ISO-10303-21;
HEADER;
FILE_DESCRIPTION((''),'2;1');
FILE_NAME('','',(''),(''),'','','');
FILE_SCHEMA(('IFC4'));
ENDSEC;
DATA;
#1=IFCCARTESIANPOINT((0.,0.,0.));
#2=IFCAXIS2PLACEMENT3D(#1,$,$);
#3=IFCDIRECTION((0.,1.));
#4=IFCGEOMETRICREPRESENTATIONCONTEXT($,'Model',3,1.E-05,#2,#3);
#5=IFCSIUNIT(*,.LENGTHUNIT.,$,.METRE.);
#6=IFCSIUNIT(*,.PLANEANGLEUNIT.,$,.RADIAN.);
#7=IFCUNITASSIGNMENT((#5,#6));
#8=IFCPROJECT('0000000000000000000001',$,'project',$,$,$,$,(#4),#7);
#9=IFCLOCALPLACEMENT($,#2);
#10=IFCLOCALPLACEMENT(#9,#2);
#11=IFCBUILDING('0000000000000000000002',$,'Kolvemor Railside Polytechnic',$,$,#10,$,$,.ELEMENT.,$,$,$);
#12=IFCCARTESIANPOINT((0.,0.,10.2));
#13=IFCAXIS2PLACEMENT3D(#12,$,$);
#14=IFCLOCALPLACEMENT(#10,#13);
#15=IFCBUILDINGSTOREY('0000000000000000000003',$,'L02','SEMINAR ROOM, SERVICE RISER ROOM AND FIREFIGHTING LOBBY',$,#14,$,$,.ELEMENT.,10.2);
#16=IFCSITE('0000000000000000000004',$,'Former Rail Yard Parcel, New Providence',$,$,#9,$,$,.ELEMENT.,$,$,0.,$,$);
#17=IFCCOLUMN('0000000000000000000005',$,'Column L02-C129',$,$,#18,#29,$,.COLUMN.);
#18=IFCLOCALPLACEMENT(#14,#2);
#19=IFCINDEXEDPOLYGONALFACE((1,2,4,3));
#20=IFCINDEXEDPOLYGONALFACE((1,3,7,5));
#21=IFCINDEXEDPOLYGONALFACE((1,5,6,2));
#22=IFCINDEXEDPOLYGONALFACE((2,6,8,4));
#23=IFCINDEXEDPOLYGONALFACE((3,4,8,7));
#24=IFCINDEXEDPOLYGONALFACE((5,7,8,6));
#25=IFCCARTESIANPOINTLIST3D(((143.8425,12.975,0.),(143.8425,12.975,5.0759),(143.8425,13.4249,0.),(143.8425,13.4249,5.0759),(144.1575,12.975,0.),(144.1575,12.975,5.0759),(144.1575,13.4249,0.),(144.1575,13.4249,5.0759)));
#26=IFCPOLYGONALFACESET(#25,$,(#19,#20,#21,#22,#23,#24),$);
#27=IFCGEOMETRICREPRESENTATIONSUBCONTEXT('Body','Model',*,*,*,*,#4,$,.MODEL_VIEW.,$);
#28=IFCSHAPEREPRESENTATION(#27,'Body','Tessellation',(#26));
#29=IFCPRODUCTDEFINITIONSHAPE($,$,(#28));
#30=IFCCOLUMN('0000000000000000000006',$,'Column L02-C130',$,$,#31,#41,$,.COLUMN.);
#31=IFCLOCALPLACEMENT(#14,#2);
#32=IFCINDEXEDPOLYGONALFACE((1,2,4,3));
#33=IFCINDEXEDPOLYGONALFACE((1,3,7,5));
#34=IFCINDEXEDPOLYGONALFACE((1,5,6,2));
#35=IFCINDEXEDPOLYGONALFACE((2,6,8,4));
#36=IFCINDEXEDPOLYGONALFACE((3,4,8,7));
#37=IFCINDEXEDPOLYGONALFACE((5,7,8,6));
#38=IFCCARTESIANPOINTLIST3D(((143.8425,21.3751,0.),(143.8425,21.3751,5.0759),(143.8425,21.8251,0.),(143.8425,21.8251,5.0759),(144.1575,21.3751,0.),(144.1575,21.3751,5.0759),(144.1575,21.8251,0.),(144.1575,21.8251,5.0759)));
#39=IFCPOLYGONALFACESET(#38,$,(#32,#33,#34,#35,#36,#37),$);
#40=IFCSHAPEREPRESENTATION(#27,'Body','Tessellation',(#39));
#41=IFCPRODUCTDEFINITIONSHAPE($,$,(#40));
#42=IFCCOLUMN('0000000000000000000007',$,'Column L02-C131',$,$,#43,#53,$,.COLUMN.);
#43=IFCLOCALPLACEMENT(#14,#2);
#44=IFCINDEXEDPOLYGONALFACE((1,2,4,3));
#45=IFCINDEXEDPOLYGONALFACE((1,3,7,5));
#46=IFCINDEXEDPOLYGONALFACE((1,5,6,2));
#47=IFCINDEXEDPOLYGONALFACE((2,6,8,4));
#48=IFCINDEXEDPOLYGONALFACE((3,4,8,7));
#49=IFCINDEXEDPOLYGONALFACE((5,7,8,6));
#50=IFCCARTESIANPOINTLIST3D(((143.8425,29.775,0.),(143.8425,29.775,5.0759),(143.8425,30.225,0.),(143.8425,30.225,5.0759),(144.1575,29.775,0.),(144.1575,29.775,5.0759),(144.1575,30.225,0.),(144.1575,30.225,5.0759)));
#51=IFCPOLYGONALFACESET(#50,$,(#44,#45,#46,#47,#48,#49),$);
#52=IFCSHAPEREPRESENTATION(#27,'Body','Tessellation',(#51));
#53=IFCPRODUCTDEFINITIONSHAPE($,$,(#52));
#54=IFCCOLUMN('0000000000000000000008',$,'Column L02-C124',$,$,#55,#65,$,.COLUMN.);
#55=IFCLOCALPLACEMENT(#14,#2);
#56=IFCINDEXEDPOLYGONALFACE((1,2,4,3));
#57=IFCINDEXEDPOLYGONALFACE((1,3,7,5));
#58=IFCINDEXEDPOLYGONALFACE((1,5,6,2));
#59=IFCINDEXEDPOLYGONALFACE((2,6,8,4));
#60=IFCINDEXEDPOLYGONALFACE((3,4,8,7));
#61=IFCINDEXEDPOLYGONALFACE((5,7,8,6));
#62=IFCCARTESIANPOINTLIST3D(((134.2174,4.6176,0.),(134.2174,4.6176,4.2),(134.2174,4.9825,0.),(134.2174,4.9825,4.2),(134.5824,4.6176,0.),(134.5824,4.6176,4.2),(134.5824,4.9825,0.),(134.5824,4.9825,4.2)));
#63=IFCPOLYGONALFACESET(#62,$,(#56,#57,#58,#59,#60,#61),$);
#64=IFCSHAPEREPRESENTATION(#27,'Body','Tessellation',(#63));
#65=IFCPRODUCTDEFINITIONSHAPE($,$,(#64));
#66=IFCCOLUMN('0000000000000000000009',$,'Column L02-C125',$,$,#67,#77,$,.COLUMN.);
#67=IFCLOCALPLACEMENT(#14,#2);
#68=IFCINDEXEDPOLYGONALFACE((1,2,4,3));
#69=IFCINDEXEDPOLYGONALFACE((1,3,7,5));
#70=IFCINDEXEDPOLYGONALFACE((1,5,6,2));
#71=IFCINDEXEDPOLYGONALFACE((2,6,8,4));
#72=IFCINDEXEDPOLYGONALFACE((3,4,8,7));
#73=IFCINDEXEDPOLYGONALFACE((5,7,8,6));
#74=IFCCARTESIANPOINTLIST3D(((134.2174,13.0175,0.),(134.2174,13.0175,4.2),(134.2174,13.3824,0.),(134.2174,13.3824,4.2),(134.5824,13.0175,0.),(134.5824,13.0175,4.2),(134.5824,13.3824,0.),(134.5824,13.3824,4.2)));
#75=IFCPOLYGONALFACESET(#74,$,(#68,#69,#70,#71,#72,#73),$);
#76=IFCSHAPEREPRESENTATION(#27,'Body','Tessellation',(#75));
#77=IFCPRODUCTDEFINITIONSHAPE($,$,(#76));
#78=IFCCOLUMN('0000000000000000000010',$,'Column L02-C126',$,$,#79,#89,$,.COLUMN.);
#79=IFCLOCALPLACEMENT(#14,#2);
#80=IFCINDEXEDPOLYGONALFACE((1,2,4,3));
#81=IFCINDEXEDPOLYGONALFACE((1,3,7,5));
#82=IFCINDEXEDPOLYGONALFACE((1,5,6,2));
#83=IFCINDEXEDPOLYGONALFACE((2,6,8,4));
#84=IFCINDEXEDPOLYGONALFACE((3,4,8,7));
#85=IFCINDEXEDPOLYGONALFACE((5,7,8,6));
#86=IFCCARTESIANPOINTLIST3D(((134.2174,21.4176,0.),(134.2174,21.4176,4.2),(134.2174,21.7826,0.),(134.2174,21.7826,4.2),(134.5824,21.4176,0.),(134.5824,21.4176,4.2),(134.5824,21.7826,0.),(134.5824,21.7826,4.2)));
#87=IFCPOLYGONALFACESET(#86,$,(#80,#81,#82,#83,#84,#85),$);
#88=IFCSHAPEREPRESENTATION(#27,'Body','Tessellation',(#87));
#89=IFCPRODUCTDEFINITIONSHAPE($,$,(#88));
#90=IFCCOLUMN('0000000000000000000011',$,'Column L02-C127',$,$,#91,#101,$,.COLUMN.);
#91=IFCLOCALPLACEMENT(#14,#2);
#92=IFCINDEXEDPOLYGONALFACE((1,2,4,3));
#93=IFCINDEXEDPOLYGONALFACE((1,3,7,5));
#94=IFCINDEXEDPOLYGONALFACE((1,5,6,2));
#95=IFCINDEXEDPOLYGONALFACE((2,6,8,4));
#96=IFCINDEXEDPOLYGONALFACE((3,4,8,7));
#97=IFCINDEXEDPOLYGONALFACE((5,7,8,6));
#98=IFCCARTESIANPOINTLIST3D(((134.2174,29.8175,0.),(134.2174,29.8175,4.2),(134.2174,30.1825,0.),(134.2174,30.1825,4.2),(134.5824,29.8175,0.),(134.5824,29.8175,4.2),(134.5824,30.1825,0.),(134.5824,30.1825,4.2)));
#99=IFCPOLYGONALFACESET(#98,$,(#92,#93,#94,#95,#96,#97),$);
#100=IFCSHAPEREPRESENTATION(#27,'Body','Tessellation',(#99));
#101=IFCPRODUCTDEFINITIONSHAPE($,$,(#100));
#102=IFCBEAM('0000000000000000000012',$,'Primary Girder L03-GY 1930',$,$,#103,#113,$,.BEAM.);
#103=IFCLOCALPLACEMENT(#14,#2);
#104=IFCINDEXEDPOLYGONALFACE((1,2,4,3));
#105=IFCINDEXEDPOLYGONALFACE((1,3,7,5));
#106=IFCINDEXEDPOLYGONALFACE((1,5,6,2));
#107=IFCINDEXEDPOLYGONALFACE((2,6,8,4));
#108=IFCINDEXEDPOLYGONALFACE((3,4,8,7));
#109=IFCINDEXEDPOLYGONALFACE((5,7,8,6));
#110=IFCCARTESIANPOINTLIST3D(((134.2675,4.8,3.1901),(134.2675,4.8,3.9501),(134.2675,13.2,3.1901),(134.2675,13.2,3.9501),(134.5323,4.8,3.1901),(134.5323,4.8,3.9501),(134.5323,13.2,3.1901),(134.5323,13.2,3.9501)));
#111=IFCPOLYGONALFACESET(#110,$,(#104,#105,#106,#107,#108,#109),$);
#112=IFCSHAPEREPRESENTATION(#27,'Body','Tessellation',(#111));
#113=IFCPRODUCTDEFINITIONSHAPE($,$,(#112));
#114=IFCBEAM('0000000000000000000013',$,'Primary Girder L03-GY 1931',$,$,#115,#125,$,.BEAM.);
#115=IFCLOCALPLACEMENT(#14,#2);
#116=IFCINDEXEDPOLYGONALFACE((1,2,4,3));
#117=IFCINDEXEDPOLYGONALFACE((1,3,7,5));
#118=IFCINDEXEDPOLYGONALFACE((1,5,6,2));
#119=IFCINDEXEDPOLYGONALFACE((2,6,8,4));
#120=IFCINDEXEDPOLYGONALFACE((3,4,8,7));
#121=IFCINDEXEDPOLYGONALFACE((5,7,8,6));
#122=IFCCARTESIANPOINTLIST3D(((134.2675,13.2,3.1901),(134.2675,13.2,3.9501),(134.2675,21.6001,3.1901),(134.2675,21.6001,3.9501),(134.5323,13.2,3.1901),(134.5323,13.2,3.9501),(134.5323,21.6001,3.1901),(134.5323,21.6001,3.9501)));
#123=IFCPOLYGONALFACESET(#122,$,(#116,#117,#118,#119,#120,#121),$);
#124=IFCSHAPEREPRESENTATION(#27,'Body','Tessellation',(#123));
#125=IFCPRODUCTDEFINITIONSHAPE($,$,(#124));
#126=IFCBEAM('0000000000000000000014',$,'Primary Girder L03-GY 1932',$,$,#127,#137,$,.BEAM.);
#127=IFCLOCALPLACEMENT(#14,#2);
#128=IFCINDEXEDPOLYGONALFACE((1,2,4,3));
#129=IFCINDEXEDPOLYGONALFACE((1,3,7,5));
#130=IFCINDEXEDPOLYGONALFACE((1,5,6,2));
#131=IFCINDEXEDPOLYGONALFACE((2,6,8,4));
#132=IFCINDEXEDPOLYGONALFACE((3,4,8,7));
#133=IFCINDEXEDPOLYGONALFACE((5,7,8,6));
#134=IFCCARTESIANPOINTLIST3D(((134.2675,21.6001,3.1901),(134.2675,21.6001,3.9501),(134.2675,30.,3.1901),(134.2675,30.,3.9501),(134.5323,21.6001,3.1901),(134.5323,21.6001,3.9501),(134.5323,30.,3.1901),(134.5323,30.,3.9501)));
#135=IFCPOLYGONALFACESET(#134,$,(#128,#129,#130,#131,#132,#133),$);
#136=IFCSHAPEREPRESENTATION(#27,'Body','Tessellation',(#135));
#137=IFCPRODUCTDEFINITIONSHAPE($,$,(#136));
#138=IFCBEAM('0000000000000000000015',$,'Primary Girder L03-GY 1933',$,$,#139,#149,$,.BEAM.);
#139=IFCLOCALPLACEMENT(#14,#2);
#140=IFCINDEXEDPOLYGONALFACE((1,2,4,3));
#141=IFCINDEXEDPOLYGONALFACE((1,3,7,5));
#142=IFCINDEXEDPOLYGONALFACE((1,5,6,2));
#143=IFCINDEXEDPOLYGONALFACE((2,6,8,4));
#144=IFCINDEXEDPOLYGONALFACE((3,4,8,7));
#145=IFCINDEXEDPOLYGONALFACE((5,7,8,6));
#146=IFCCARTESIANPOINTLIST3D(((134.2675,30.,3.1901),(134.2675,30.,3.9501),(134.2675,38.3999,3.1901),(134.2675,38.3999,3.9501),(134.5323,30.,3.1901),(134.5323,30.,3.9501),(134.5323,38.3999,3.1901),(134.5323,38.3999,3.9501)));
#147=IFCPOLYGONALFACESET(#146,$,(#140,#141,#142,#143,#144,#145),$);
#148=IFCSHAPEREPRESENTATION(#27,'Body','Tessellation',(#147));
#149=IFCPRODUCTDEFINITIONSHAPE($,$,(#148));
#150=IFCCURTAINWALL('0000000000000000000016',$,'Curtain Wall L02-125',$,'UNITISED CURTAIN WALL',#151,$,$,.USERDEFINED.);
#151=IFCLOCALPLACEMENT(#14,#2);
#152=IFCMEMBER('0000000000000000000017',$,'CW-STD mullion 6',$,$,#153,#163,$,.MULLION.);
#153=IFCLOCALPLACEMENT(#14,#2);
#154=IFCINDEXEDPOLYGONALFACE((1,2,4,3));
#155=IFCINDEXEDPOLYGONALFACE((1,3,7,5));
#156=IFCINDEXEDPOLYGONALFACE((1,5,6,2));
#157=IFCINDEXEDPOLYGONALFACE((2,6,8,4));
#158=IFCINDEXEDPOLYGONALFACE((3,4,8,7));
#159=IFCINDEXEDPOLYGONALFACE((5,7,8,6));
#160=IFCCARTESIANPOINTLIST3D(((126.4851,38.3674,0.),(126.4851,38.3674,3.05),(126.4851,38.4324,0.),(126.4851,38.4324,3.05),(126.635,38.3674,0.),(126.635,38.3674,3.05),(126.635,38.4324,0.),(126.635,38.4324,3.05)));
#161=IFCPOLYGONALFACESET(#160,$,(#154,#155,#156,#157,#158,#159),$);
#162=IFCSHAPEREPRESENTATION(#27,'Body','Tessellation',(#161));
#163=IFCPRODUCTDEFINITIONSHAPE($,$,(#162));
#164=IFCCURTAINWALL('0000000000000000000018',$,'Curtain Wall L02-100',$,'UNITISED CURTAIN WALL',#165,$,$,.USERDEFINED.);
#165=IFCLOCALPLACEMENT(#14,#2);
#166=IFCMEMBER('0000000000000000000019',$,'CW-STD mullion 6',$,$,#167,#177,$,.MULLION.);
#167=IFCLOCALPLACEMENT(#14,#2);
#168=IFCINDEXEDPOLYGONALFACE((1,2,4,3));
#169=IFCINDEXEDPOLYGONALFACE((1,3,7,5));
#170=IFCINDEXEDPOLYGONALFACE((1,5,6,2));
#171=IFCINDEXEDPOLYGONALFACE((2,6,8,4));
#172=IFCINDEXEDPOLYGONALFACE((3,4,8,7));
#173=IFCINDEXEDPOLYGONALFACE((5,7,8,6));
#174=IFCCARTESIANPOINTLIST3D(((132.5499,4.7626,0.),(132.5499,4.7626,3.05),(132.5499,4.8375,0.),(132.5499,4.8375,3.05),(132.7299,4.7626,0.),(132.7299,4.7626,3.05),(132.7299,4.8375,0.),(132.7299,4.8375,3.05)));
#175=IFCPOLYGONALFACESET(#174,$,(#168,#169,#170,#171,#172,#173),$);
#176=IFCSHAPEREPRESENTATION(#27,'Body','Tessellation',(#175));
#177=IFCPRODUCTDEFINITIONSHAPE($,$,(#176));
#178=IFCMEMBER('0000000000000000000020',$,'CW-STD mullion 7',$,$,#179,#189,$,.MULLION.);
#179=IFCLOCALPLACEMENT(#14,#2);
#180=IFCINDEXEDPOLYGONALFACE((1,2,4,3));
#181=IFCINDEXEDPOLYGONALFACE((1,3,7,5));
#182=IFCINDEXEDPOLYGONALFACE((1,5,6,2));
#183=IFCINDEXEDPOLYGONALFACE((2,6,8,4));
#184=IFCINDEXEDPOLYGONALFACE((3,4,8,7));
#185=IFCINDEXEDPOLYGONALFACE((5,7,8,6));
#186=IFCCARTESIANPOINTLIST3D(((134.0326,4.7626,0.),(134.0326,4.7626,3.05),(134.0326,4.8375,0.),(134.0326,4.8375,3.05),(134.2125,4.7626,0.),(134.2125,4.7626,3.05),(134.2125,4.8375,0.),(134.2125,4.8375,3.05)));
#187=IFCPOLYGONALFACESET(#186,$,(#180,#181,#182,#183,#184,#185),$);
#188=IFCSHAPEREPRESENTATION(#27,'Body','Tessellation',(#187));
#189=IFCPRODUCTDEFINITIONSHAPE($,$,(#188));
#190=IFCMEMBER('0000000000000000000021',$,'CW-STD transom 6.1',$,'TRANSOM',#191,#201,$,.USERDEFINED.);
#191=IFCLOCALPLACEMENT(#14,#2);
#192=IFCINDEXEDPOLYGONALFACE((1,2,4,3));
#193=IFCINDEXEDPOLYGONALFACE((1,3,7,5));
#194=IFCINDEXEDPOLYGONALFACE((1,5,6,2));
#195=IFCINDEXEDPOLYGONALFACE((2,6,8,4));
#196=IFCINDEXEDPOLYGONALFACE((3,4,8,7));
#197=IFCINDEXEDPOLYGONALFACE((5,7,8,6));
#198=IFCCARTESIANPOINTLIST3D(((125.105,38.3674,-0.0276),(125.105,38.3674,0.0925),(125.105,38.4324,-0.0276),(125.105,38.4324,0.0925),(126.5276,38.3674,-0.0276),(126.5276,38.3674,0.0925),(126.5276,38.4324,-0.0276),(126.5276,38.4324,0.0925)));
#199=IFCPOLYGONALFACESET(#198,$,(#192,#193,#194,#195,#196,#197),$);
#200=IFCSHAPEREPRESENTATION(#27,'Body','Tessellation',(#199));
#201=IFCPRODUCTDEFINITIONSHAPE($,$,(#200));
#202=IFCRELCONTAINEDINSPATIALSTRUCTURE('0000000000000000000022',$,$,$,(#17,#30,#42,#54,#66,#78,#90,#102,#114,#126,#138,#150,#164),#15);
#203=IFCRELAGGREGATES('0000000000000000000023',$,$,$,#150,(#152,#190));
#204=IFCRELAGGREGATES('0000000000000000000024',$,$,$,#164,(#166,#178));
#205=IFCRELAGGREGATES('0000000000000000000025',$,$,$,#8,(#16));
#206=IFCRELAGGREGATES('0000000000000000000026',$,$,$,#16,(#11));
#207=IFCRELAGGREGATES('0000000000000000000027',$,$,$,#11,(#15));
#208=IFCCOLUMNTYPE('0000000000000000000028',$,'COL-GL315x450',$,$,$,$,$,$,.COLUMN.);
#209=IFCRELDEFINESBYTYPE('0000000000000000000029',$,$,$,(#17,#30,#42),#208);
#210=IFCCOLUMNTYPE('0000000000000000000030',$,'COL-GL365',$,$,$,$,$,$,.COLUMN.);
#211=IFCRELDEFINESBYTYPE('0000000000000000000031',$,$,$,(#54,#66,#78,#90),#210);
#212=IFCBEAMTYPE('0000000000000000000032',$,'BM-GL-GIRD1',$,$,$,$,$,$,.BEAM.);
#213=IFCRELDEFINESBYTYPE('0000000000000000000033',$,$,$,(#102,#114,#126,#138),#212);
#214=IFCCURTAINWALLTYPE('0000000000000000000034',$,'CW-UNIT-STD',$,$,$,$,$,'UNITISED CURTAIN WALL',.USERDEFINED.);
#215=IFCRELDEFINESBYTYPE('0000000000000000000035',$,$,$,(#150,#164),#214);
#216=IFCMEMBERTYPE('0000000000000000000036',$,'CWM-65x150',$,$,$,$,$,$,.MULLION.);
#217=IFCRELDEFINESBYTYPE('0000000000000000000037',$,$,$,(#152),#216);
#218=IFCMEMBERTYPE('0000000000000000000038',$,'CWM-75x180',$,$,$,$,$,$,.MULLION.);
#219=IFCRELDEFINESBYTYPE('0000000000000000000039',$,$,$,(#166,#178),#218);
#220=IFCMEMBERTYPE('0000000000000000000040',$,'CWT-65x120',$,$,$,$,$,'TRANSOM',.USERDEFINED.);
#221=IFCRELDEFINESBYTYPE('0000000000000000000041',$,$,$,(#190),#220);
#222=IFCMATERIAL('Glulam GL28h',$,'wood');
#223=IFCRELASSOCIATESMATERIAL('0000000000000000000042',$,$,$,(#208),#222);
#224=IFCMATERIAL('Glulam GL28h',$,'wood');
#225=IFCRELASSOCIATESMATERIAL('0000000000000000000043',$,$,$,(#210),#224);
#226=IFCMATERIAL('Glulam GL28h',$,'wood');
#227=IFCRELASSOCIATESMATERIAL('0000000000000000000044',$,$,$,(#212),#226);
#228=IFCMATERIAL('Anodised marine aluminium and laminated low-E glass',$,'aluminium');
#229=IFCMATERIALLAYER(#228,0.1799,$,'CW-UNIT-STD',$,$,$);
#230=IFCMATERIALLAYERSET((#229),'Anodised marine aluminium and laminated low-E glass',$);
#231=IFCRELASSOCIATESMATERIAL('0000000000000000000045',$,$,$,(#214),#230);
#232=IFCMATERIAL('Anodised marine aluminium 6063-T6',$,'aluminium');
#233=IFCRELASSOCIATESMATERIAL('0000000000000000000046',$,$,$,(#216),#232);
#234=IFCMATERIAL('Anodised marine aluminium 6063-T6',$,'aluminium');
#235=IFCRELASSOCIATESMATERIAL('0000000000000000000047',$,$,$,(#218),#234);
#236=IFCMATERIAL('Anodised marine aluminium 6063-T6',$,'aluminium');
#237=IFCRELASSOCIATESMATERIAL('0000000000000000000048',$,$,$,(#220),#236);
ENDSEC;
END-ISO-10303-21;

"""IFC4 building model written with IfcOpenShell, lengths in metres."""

from ifc_helpers import new_model, si_unit, direction, frame, origin, origin_2d, place, context, subcontext, project, spatial, rectangle, extrude, material, layer, layer_set, material_profile, profile_set, type_object, element, aggregate, save


model = new_model("IFC4")

# Units and contexts
model_context = context("Model", 3, precision=1e-05, world=origin(), true_north=direction((0.0, 1.0)))
body_context = subcontext(model_context, "Body", "Model", "MODEL_VIEW")
ifc_project = project(units=[si_unit("LENGTHUNIT", "METRE"), si_unit("PLANEANGLEUNIT", "RADIAN")], contexts=[model_context])

# Site, building, storey
site_placement = place(None, origin())
site = spatial("IfcSite", under=ifc_project, at=site_placement, Name="Former Rail Yard Parcel, New Providence", CompositionType="ELEMENT", RefElevation=0.0)
building_placement = place(site_placement, origin())
building = spatial("IfcBuilding", under=site, at=building_placement, Name="Kolvemor Railside Polytechnic", CompositionType="ELEMENT")
storey_placement = place(building_placement, frame((0.0, 0.0, 10.2)))
storey = spatial("IfcBuildingStorey", under=building, at=storey_placement, Name="L02", Description="SEMINAR ROOM, SERVICE RISER ROOM AND FIREFIGHTING LOBBY", CompositionType="ELEMENT", Elevation=10.2)

# Columns
ifc_material_1 = material(Name="Glulam GL28h", Category="wood")
ifc_material_profile_1 = material_profile(ifc_material_1, rectangle(XDim=0.3149, YDim=0.45, at=origin_2d()), Name="GL315x450")
ifc_profile_set_1 = profile_set([ifc_material_profile_1], Name="Glulam GL28h")
column_type_1 = type_object("IfcColumnType", Name="COL-GL315x450", PredefinedType="COLUMN", material=ifc_profile_set_1)
for number, where, z_axis, x_axis, name in (
    (1, (144.0, 13.2, 0.0), (0.0, 0.0, 1.0), (1.0, 0.0, 0.0), "Column L02-C129"),
    (2, (144.0, 21.6001, 0.0), (0.0, 0.0, 1.0), (1.0, 0.0, 0.0), "Column L02-C130"),
    (3, (144.0, 30.0, 0.0), (0.0, 0.0, 1.0), (1.0, 0.0, 0.0), "Column L02-C131"),
):
    element("IfcColumn", number, at=place(storey_placement, frame(where, z_axis=z_axis, x_axis=x_axis)), inside=storey, type_object=column_type_1, Name=name, PredefinedType="COLUMN", context=body_context, shape_type="SweptSolid", body=[
        extrude(rectangle(XDim=0.3149, YDim=0.45, at=origin_2d()), origin(), (0.0, 0.0, 1.0), 5.0759),
    ])
ifc_material_2 = material(Name="Glulam GL28h", Category="wood")
ifc_material_profile_2 = material_profile(ifc_material_2, rectangle(XDim=0.365, YDim=0.365, at=origin_2d()), Name="GL365x365")
ifc_profile_set_2 = profile_set([ifc_material_profile_2], Name="Glulam GL28h")
column_type_2 = type_object("IfcColumnType", Name="COL-GL365", PredefinedType="COLUMN", material=ifc_profile_set_2)
for number, where, z_axis, x_axis, name in (
    (4, (134.3999, 4.8, 0.0), (0.0, 0.0, 1.0), (1.0, 0.0, 0.0), "Column L02-C124"),
    (5, (134.3999, 13.2, 0.0), (0.0, 0.0, 1.0), (1.0, 0.0, 0.0), "Column L02-C125"),
    (6, (134.3999, 21.6001, 0.0), (0.0, 0.0, 1.0), (1.0, 0.0, 0.0), "Column L02-C126"),
    (7, (134.3999, 30.0, 0.0), (0.0, 0.0, 1.0), (1.0, 0.0, 0.0), "Column L02-C127"),
):
    element("IfcColumn", number, at=place(storey_placement, frame(where, z_axis=z_axis, x_axis=x_axis)), inside=storey, type_object=column_type_2, Name=name, PredefinedType="COLUMN", context=body_context, shape_type="SweptSolid", body=[
        extrude(rectangle(XDim=0.365, YDim=0.365, at=origin_2d()), origin(), (0.0, 0.0, 1.0), 4.2),
    ])

# Beams
ifc_material_3 = material(Name="Glulam GL28h", Category="wood")
ifc_material_profile_3 = material_profile(ifc_material_3, rectangle(XDim=0.2649, YDim=0.76, at=origin_2d()), Name="GL265x760")
ifc_profile_set_3 = profile_set([ifc_material_profile_3], Name="Glulam GL28h")
beam_type = type_object("IfcBeamType", Name="BM-GL-GIRD1", PredefinedType="BEAM", material=ifc_profile_set_3)
beam_1_placement = place(storey_placement, frame((134.3999, 4.8, 3.5701), z_axis=(0.0, 1.0, 0.0), x_axis=(-1.0, 0.0, 0.0)))
element("IfcBeam", 8, at=beam_1_placement, inside=storey, type_object=beam_type, Name="Primary Girder L03-GY 1930", PredefinedType="BEAM", context=body_context, shape_type="SweptSolid", body=[
    extrude(rectangle(XDim=0.2649, YDim=0.76, at=origin_2d()), origin(), (0.0, 0.0, 1.0), 8.3999),
])
beam_2_placement = place(storey_placement, frame((134.3999, 13.2, 3.5701), z_axis=(0.0, 1.0, 0.0), x_axis=(-1.0, 0.0, 0.0)))
element("IfcBeam", 9, at=beam_2_placement, inside=storey, type_object=beam_type, Name="Primary Girder L03-GY 1931", PredefinedType="BEAM", context=body_context, shape_type="SweptSolid", body=[
    extrude(rectangle(XDim=0.2649, YDim=0.76, at=origin_2d()), origin(), (0.0, 0.0, 1.0), 8.4001),
])
for number, where, z_axis, x_axis, name in (
    (10, (134.3999, 21.6001, 3.5701), (0.0, 1.0, 0.0), (-1.0, 0.0, 0.0), "Primary Girder L03-GY 1932"),
    (11, (134.3999, 30.0, 3.5701), (0.0, 1.0, 0.0), (-1.0, 0.0, 0.0), "Primary Girder L03-GY 1933"),
):
    element("IfcBeam", number, at=place(storey_placement, frame(where, z_axis=z_axis, x_axis=x_axis)), inside=storey, type_object=beam_type, Name=name, PredefinedType="BEAM", context=body_context, shape_type="SweptSolid", body=[
        extrude(rectangle(XDim=0.2649, YDim=0.76, at=origin_2d()), origin(), (0.0, 0.0, 1.0), 8.3999),
    ])

# Curtain wall, member
ifc_material_4 = material(Name="Anodised marine aluminium and laminated low-E glass", Category="aluminium")
ifc_layer_1 = layer(ifc_material_4, 0.1799, Name="CW-UNIT-STD")
ifc_layer_set_1 = layer_set([ifc_layer_1], Name="Anodised marine aluminium and laminated low-E glass")
curtain_wall_type = type_object("IfcCurtainWallType", Name="CW-UNIT-STD", ElementType="UNITISED CURTAIN WALL", PredefinedType="USERDEFINED", material=ifc_layer_set_1)
curtain_wall_1_placement = place(storey_placement, origin())
curtain_wall_1 = element("IfcCurtainWall", 12, at=curtain_wall_1_placement, inside=storey, type_object=curtain_wall_type, Name="Curtain Wall L02-125", ObjectType="UNITISED CURTAIN WALL", PredefinedType="USERDEFINED")
ifc_material_5 = material(Name="Anodised marine aluminium 6063-T6", Category="aluminium")
ifc_material_profile_4 = material_profile(ifc_material_5, rectangle(XDim=0.0649, YDim=0.1499, at=origin_2d()), Name="CW-MUL-65x150")
ifc_profile_set_4 = profile_set([ifc_material_profile_4], Name="Anodised marine aluminium 6063-T6")
member_type_1 = type_object("IfcMemberType", Name="CWM-65x150", PredefinedType="MULLION", material=ifc_profile_set_4)
member_1_placement = place(storey_placement, frame((126.5601, 38.3999, 0.0), z_axis=(0.0, 0.0, 1.0), x_axis=(0.0, -1.0, 0.0)))
member_1 = element("IfcMember", 13, at=member_1_placement, type_object=member_type_1, Name="CW-STD mullion 6", PredefinedType="MULLION", context=body_context, shape_type="SweptSolid", body=[
    extrude(rectangle(XDim=0.0649, YDim=0.1499, at=origin_2d()), origin(), (0.0, 0.0, 1.0), 3.05),
])

# Curtain wall, members
curtain_wall_2_placement = place(storey_placement, origin())
curtain_wall_2 = element("IfcCurtainWall", 14, at=curtain_wall_2_placement, inside=storey, type_object=curtain_wall_type, Name="Curtain Wall L02-100", ObjectType="UNITISED CURTAIN WALL", PredefinedType="USERDEFINED")
ifc_material_6 = material(Name="Anodised marine aluminium 6063-T6", Category="aluminium")
ifc_material_profile_5 = material_profile(ifc_material_6, rectangle(XDim=0.075, YDim=0.1799, at=origin_2d()), Name="CW-MUL-75x180")
ifc_profile_set_5 = profile_set([ifc_material_profile_5], Name="Anodised marine aluminium 6063-T6")
member_type_2 = type_object("IfcMemberType", Name="CWM-75x180", PredefinedType="MULLION", material=ifc_profile_set_5)
member_2_placement = place(storey_placement, frame((132.6399, 4.8, 0.0), z_axis=(0.0, 0.0, 1.0), x_axis=(0.0, 1.0, 0.0)))
member_2 = element("IfcMember", 15, at=member_2_placement, type_object=member_type_2, Name="CW-STD mullion 6", PredefinedType="MULLION", context=body_context, shape_type="SweptSolid", body=[
    extrude(rectangle(XDim=0.075, YDim=0.1799, at=origin_2d()), origin(), (0.0, 0.0, 1.0), 3.05),
])
member_3_placement = place(storey_placement, frame((134.1226, 4.8, 0.0), z_axis=(0.0, 0.0, 1.0), x_axis=(0.0, 1.0, 0.0)))
member_3 = element("IfcMember", 16, at=member_3_placement, type_object=member_type_2, Name="CW-STD mullion 7", PredefinedType="MULLION", context=body_context, shape_type="SweptSolid", body=[
    extrude(rectangle(XDim=0.075, YDim=0.1799, at=origin_2d()), origin(), (0.0, 0.0, 1.0), 3.05),
])

# Member
ifc_material_7 = material(Name="Anodised marine aluminium 6063-T6", Category="aluminium")
ifc_material_profile_6 = material_profile(ifc_material_7, rectangle(XDim=0.0649, YDim=0.1201, at=origin_2d()), Name="CW-TRN-65x120")
ifc_profile_set_6 = profile_set([ifc_material_profile_6], Name="Anodised marine aluminium 6063-T6")
member_type_3 = type_object("IfcMemberType", Name="CWT-65x120", ElementType="TRANSOM", PredefinedType="USERDEFINED", material=ifc_profile_set_6)
member_4_placement = place(storey_placement, frame((126.5276, 38.3999, 0.0325), z_axis=(-1.0, 0.0, 0.0), x_axis=(0.0, -1.0, 0.0)))
member_4 = element("IfcMember", 17, at=member_4_placement, type_object=member_type_3, Name="CW-STD transom 6.1", ObjectType="TRANSOM", PredefinedType="USERDEFINED", context=body_context, shape_type="SweptSolid", body=[
    extrude(rectangle(XDim=0.0649, YDim=0.1201, at=origin_2d()), origin(), (0.0, 0.0, 1.0), 1.4226),
])
aggregate(curtain_wall_1, [member_1, member_4])

aggregate(curtain_wall_2, [member_2, member_3])

save(model, "model.ifc")
